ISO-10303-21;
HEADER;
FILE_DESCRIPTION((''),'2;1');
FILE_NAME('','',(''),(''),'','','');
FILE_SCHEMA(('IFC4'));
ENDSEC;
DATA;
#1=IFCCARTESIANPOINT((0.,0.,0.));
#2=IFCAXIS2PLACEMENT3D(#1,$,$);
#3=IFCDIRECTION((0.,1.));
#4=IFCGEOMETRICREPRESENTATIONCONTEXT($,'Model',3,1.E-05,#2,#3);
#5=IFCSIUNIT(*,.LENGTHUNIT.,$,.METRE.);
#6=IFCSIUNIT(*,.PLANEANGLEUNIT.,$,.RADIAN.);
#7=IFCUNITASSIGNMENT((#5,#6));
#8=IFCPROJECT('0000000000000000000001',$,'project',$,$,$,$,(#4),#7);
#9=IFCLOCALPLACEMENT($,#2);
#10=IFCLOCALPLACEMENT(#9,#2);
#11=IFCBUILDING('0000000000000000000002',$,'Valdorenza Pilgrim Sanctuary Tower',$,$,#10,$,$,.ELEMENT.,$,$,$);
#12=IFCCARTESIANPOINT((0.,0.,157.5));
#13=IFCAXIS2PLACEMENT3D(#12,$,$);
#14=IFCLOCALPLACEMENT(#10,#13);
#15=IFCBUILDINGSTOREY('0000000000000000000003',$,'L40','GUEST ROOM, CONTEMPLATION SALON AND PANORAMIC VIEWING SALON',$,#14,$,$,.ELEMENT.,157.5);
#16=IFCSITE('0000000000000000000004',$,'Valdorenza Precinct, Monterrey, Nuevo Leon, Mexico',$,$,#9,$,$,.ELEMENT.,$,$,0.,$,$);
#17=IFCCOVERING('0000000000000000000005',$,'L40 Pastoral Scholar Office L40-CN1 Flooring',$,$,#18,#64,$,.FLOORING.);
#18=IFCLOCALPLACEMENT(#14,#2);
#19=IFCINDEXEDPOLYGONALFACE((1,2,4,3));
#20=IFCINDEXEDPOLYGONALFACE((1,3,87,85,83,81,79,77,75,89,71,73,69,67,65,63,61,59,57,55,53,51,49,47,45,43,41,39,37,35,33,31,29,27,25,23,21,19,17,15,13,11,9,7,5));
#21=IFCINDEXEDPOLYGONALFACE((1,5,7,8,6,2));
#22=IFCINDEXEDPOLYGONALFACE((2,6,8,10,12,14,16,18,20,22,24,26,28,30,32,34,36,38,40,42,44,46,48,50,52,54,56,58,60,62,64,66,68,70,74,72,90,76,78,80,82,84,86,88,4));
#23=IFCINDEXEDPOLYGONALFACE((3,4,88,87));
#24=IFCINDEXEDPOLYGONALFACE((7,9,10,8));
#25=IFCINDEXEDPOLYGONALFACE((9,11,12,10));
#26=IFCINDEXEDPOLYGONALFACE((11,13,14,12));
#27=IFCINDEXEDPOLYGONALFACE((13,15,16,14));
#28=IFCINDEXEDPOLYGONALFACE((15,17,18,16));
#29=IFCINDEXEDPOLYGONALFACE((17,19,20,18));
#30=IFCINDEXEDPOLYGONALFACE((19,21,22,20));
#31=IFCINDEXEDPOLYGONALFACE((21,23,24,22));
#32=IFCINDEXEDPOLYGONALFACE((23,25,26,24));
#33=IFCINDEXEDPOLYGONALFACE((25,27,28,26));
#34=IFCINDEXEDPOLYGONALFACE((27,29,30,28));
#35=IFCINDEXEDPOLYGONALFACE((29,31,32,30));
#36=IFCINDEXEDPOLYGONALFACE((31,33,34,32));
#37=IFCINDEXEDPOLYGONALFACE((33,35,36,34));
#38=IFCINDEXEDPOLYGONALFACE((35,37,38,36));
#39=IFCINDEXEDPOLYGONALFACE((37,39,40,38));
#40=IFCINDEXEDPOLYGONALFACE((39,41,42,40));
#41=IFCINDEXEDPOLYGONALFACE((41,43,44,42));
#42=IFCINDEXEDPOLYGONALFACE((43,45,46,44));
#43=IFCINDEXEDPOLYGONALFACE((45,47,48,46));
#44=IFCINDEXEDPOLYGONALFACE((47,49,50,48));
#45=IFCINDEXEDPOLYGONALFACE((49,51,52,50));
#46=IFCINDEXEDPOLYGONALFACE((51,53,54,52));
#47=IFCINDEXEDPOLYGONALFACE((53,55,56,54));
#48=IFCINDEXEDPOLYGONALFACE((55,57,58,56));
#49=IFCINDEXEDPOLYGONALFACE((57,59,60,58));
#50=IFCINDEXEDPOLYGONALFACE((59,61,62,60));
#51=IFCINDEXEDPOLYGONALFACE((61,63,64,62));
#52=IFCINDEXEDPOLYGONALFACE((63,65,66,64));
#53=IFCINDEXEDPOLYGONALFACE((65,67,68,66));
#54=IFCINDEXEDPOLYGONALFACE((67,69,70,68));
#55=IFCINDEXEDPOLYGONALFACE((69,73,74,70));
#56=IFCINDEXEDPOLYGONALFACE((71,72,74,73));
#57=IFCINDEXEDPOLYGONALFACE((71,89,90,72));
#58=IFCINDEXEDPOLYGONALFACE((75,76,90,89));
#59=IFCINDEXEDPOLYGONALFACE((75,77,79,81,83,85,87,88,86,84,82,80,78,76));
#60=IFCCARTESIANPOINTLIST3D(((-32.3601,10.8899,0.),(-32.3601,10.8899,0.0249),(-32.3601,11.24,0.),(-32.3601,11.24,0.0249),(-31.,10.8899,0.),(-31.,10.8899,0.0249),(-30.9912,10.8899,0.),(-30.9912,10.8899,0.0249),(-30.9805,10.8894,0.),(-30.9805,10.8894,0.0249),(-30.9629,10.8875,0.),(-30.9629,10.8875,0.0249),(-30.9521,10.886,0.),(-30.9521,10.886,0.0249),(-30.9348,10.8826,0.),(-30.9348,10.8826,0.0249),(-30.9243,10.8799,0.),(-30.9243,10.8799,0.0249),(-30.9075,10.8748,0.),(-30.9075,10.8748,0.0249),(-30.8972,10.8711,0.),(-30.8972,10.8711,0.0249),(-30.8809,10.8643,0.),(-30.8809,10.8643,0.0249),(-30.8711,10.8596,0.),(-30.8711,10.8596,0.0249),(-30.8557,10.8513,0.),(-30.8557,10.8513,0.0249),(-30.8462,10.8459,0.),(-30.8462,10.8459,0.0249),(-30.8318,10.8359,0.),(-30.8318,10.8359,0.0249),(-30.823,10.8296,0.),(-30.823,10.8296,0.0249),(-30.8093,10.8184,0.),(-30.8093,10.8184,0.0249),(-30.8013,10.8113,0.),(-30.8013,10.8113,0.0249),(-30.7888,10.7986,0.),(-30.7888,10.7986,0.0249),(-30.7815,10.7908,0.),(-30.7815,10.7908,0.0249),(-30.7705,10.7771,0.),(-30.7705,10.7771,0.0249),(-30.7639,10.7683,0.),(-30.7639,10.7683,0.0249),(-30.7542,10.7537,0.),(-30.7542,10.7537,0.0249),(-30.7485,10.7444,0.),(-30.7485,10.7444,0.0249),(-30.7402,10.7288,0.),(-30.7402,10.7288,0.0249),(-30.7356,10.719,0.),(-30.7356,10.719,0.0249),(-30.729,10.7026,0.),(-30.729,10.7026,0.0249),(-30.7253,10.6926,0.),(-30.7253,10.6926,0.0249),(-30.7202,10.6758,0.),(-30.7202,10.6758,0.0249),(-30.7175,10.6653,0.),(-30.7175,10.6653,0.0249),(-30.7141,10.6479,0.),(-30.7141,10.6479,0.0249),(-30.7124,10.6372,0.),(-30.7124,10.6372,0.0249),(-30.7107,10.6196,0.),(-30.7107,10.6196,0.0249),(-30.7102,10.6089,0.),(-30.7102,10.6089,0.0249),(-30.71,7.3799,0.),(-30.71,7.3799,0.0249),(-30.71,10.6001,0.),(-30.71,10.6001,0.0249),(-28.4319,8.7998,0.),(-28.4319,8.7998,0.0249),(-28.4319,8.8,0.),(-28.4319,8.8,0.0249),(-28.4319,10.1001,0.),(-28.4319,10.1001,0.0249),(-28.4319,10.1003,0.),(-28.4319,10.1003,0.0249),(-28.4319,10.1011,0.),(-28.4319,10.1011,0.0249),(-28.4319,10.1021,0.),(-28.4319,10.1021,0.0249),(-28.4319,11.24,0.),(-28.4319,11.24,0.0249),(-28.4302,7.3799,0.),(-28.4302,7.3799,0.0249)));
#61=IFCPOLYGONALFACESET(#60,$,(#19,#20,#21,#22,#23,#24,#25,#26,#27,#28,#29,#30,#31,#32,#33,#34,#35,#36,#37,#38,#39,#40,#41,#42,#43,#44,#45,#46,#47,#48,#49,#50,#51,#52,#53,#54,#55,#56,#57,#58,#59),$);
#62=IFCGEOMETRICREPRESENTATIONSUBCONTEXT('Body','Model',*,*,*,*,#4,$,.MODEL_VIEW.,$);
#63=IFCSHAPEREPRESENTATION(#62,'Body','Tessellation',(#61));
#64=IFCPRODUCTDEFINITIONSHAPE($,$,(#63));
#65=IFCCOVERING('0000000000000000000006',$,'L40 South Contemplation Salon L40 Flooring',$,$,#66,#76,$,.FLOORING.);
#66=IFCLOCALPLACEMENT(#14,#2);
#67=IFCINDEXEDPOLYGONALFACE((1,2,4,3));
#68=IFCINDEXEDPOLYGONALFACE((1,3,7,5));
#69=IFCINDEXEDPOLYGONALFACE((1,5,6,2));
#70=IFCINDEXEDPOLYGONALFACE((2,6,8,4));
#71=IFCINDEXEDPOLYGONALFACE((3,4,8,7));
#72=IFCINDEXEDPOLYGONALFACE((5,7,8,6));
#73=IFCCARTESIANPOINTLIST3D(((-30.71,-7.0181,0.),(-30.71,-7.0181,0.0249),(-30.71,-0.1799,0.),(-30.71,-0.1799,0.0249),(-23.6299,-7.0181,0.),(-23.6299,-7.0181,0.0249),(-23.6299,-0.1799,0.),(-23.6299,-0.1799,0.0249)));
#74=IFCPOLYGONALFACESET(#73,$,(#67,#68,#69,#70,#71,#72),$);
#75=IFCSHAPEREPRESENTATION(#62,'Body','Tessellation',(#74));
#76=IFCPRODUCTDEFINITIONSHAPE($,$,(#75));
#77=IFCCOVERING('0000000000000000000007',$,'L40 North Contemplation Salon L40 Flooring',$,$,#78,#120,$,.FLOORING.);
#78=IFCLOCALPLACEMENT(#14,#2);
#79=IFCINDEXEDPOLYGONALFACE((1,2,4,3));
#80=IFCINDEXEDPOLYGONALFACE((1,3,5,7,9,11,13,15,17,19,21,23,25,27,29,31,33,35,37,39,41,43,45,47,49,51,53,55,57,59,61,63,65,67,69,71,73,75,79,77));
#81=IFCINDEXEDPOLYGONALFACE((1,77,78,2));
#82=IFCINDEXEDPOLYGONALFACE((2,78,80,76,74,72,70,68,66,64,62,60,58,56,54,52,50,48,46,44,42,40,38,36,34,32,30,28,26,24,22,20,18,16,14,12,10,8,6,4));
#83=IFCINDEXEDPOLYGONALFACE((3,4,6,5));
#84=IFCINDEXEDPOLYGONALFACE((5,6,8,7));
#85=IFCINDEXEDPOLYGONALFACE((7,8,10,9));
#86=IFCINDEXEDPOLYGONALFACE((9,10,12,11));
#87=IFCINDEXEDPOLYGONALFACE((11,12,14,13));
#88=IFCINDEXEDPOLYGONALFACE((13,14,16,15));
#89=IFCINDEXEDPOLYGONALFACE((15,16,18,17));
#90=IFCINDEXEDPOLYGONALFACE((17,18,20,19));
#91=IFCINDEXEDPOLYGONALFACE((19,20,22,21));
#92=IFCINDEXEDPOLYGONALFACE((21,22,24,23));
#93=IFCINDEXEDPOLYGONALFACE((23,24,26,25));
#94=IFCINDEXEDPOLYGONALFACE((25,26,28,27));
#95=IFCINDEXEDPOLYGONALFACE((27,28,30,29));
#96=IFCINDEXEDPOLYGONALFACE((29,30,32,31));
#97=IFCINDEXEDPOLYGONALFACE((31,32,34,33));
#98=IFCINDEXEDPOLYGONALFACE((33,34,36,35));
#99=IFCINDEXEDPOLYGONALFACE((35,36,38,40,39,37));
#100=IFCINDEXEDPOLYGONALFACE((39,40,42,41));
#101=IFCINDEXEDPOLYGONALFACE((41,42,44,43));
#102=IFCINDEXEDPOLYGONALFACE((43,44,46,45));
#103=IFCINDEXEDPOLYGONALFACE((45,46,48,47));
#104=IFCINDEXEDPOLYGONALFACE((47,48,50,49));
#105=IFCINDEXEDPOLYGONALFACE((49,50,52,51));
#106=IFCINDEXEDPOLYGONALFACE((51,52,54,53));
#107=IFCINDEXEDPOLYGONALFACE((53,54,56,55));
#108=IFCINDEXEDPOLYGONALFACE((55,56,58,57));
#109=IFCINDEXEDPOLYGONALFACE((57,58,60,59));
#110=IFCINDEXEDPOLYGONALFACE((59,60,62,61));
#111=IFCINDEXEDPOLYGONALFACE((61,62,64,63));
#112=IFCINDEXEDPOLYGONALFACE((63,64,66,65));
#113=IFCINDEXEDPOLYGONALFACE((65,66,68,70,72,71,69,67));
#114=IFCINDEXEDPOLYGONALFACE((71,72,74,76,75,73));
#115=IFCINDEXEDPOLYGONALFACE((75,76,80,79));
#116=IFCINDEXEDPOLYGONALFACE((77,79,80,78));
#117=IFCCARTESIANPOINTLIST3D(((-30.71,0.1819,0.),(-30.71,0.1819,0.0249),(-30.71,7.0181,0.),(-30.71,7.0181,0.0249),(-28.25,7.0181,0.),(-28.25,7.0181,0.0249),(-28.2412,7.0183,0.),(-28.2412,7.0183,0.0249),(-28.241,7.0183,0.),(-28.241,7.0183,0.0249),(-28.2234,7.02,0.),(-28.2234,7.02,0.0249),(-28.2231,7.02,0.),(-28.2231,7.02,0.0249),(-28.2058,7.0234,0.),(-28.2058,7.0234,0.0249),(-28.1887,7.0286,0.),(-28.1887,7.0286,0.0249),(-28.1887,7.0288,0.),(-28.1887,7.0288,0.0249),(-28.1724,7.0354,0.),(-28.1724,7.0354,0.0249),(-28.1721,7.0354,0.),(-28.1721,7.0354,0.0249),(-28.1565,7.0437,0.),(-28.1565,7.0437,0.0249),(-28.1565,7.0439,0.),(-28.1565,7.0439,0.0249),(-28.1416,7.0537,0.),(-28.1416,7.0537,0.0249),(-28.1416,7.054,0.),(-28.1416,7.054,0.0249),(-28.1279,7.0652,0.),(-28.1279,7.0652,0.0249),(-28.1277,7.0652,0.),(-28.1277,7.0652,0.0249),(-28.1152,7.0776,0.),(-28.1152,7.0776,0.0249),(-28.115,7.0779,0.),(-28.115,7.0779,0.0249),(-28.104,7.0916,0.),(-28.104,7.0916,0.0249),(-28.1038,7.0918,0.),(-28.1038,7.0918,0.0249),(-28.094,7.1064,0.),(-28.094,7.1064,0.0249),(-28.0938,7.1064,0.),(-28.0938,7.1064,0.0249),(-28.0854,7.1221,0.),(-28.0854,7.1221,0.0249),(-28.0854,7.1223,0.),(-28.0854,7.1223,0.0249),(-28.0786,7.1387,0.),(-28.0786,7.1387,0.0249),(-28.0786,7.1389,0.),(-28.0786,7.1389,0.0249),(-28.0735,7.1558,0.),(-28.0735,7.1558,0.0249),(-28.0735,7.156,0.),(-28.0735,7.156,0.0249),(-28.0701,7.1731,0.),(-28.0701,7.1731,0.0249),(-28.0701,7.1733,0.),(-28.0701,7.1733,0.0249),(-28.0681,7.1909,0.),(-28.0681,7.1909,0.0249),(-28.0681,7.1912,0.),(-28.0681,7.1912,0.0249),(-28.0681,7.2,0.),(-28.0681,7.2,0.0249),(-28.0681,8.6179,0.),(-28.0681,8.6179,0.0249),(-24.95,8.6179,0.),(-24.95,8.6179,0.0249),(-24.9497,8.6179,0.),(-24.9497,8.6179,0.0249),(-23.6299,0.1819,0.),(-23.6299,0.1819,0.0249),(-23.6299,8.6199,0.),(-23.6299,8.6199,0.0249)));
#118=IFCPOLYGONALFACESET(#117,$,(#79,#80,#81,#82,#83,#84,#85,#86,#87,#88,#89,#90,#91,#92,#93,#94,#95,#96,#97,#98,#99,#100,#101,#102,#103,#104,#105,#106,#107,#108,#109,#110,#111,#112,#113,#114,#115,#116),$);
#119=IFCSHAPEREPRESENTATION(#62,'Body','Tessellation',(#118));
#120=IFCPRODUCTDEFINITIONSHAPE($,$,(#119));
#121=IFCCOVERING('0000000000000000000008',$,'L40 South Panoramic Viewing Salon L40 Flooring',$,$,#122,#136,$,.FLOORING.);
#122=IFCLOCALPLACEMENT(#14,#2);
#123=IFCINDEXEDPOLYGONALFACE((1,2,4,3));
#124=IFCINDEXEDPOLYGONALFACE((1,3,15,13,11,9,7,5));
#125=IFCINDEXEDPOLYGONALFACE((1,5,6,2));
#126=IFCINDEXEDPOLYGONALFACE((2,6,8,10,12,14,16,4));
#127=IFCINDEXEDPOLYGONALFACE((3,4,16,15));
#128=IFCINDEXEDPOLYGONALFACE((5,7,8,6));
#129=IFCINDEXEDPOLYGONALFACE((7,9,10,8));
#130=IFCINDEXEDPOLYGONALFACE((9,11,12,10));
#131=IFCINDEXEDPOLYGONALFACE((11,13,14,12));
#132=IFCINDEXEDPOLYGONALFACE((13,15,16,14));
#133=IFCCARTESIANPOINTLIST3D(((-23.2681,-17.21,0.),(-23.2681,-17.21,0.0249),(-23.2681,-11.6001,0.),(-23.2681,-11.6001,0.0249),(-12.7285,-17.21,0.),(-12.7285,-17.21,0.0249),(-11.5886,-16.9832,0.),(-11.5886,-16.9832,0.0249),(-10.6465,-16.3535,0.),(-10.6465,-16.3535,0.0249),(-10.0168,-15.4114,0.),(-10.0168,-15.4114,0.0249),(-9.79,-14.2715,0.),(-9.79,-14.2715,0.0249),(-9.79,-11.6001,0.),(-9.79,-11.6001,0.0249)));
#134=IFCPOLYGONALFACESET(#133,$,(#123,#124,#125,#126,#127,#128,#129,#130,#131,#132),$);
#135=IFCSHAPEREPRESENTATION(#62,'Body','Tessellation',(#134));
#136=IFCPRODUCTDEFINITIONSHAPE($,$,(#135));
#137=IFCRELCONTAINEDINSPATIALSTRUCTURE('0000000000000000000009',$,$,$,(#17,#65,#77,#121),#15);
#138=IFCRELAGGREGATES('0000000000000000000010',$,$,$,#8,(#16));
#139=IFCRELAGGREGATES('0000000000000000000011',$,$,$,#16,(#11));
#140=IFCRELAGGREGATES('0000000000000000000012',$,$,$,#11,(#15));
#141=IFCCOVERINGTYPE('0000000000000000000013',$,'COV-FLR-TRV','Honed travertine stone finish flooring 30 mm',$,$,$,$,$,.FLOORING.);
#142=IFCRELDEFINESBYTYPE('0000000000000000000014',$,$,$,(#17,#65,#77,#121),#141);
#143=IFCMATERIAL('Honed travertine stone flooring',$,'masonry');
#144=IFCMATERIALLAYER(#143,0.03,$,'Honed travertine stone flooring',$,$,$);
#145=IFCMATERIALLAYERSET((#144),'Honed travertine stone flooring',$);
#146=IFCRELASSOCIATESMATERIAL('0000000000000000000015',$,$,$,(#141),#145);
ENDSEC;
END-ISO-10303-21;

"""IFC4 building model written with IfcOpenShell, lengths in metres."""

from ifc_helpers import new_model, si_unit, direction, frame, origin, place, context, subcontext, project, spatial, polyline, outline, extrude, material, layer, layer_set, type_object, element, save


model = new_model("IFC4")

# Units and contexts
model_context = context("Model", 3, precision=1e-05, world=origin(), true_north=direction((0.0, 1.0)))
body_context = subcontext(model_context, "Body", "Model", "MODEL_VIEW")
ifc_project = project(units=[si_unit("LENGTHUNIT", "METRE"), si_unit("PLANEANGLEUNIT", "RADIAN")], contexts=[model_context])

# Site, building, storey
site_placement = place(None, origin())
site = spatial("IfcSite", under=ifc_project, at=site_placement, Name="Valdorenza Precinct, Monterrey, Nuevo Leon, Mexico", CompositionType="ELEMENT", RefElevation=0.0)
building_placement = place(site_placement, origin())
building = spatial("IfcBuilding", under=site, at=building_placement, Name="Valdorenza Pilgrim Sanctuary Tower", CompositionType="ELEMENT")
storey_placement = place(building_placement, frame((0.0, 0.0, 157.5)))
storey = spatial("IfcBuildingStorey", under=building, at=storey_placement, Name="L40", Description="GUEST ROOM, CONTEMPLATION SALON AND PANORAMIC VIEWING SALON", CompositionType="ELEMENT", Elevation=157.5)

# Coverings
ifc_material_1 = material(Name="Honed travertine stone flooring", Category="masonry")
ifc_layer_1 = layer(ifc_material_1, 0.03, Name="Honed travertine stone flooring")
ifc_layer_set_1 = layer_set([ifc_layer_1], Name="Honed travertine stone flooring")
covering_type_1 = type_object("IfcCoveringType", Name="COV-FLR-TRV", Description="Honed travertine stone finish flooring 30 mm", PredefinedType="FLOORING", material=ifc_layer_set_1)
covering_1_placement = place(storey_placement, origin())
element("IfcCovering", 1, at=covering_1_placement, inside=storey, type_object=covering_type_1, Name="L40 Pastoral Scholar Office L40-CN1 Flooring", PredefinedType="FLOORING", context=body_context, shape_type="SweptSolid", body=[
    extrude(outline(polyline([(-28.4319, 11.24), (-28.4319, 10.1021), (-28.4319, 10.1011), (-28.4319, 10.1003), (-28.4319, 10.1001), (-28.4319, 8.8), (-28.4319, 8.7998), (-28.4302, 7.3799), (-30.71, 7.3799), (-30.71, 10.6001), (-30.7102, 10.6089), (-30.7107, 10.6196), (-30.7124, 10.6372), (-30.7141, 10.6479), (-30.7175, 10.6653), (-30.7202, 10.6758), (-30.7253, 10.6926), (-30.729, 10.7026), (-30.7356, 10.719), (-30.7402, 10.7288), (-30.7485, 10.7444), (-30.7542, 10.7537), (-30.7639, 10.7683), (-30.7705, 10.7771), (-30.7815, 10.7908), (-30.7888, 10.7986), (-30.8013, 10.8113), (-30.8093, 10.8184), (-30.823, 10.8296), (-30.8318, 10.8359), (-30.8462, 10.8459), (-30.8557, 10.8513), (-30.8711, 10.8596), (-30.8809, 10.8643), (-30.8972, 10.8711), (-30.9075, 10.8748), (-30.9243, 10.8799), (-30.9348, 10.8826), (-30.9521, 10.886), (-30.9629, 10.8875), (-30.9805, 10.8894), (-30.9912, 10.8899), (-31.0, 10.8899), (-32.3601, 10.8899), (-32.3601, 11.24), (-28.4319, 11.24)])), origin(), (0.0, 0.0, 1.0), 0.0249),
])
covering_2_placement = place(storey_placement, origin())
element("IfcCovering", 2, at=covering_2_placement, inside=storey, type_object=covering_type_1, Name="L40 South Contemplation Salon L40 Flooring", PredefinedType="FLOORING", context=body_context, shape_type="SweptSolid", body=[
    extrude(outline(polyline([(-23.6299, -7.0181), (-30.71, -7.0181), (-30.71, -0.1799), (-23.6299, -0.1799), (-23.6299, -7.0181)])), origin(), (0.0, 0.0, 1.0), 0.0249),
])
covering_3_placement = place(storey_placement, origin())
element("IfcCovering", 3, at=covering_3_placement, inside=storey, type_object=covering_type_1, Name="L40 North Contemplation Salon L40 Flooring", PredefinedType="FLOORING", context=body_context, shape_type="SweptSolid", body=[
    extrude(outline(polyline([(-23.6299, 8.6199), (-23.6299, 0.1819), (-30.71, 0.1819), (-30.71, 7.0181), (-28.25, 7.0181), (-28.2412, 7.0183), (-28.241, 7.0183), (-28.2234, 7.02), (-28.2231, 7.02), (-28.2058, 7.0234), (-28.2058, 7.0234), (-28.1887, 7.0286), (-28.1887, 7.0288), (-28.1724, 7.0354), (-28.1721, 7.0354), (-28.1565, 7.0437), (-28.1565, 7.0439), (-28.1416, 7.0537), (-28.1416, 7.054), (-28.1279, 7.0652), (-28.1277, 7.0652), (-28.1152, 7.0776), (-28.115, 7.0779), (-28.104, 7.0916), (-28.1038, 7.0918), (-28.094, 7.1064), (-28.0938, 7.1064), (-28.0854, 7.1221), (-28.0854, 7.1223), (-28.0786, 7.1387), (-28.0786, 7.1389), (-28.0735, 7.1558), (-28.0735, 7.156), (-28.0701, 7.1731), (-28.0701, 7.1733), (-28.0681, 7.1909), (-28.0681, 7.1912), (-28.0681, 7.2), (-28.0681, 8.6179), (-24.95, 8.6179), (-24.9497, 8.6179), (-23.6299, 8.6199)])), origin(), (0.0, 0.0, 1.0), 0.0249),
])
covering_4_placement = place(storey_placement, origin())
element("IfcCovering", 4, at=covering_4_placement, inside=storey, type_object=covering_type_1, Name="L40 South Panoramic Viewing Salon L40 Flooring", PredefinedType="FLOORING", context=body_context, shape_type="SweptSolid", body=[
    extrude(outline(polyline([(-9.79, -11.6001), (-9.79, -14.2715), (-10.0168, -15.4114), (-10.6465, -16.3535), (-11.5886, -16.9832), (-12.7285, -17.21), (-23.2681, -17.21), (-23.2681, -11.6001), (-9.79, -11.6001)])), origin(), (0.0, 0.0, 1.0), 0.0249),
])

save(model, "model.ifc")
